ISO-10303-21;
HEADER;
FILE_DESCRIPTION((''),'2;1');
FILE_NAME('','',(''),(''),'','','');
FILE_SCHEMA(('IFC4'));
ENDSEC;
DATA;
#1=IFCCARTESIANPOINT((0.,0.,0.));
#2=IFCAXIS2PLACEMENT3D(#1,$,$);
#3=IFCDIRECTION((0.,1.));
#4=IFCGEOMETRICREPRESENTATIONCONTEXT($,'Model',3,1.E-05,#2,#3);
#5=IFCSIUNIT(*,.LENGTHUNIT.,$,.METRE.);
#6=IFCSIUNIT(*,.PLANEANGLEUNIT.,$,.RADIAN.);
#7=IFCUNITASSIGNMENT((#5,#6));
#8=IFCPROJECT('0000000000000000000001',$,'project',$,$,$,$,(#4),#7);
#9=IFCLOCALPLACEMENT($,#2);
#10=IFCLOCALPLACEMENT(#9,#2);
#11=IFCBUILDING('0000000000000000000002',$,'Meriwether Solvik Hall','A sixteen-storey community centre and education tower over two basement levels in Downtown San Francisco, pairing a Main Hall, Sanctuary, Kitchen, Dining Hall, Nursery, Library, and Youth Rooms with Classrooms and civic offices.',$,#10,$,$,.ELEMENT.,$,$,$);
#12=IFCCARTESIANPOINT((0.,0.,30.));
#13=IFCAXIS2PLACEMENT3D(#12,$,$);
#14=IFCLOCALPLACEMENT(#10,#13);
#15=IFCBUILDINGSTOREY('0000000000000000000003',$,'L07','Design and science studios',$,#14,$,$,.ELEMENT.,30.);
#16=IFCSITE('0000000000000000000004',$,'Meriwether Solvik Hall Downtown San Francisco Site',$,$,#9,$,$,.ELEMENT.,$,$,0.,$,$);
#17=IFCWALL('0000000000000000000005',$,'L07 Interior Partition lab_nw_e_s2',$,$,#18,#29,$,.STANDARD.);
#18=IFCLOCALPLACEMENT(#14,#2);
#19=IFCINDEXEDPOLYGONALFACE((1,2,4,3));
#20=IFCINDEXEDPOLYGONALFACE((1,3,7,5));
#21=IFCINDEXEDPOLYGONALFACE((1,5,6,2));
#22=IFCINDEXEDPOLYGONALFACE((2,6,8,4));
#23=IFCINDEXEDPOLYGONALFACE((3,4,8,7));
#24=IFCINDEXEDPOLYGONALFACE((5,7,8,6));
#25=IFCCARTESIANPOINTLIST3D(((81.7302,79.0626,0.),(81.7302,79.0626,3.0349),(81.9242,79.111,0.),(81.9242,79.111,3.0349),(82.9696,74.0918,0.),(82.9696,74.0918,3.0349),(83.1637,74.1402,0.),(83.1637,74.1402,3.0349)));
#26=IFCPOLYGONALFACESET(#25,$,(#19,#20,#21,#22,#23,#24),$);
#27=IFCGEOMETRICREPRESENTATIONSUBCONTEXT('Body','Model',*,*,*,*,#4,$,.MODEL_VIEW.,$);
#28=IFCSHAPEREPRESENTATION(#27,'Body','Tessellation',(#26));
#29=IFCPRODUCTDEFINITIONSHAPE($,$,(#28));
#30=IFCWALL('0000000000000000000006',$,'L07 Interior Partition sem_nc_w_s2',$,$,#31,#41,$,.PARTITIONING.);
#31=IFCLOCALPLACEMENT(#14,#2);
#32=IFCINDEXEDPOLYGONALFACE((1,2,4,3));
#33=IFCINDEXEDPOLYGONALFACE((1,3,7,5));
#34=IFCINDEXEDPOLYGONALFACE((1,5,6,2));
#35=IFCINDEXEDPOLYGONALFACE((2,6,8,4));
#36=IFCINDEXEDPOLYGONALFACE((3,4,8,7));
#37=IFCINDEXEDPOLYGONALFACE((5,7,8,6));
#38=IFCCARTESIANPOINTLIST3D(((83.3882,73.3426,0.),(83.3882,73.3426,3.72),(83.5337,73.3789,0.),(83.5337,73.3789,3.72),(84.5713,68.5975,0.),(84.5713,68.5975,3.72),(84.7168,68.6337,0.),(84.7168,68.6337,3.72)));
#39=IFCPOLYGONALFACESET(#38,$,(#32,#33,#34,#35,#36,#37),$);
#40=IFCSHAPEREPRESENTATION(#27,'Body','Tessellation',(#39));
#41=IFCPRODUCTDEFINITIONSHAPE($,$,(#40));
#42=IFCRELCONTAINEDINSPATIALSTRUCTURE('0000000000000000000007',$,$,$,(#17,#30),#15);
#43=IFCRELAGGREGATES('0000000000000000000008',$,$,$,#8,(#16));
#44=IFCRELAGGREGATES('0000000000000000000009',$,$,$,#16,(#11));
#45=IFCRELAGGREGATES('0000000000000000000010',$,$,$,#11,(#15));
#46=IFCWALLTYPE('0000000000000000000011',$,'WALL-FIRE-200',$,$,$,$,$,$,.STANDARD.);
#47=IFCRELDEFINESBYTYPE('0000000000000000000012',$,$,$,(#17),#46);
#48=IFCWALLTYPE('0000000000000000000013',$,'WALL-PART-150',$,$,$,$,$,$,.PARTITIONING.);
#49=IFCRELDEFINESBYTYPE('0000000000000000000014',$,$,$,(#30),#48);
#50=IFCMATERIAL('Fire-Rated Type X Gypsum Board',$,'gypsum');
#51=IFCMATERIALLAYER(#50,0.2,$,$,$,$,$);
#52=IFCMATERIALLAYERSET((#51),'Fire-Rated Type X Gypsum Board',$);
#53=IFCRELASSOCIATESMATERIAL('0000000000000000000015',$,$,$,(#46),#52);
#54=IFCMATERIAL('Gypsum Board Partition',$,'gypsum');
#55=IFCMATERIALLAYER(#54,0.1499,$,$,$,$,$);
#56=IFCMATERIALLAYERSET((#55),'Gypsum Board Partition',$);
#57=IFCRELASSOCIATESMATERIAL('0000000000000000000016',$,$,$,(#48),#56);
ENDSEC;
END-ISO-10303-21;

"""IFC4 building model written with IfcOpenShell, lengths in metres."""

from ifc_helpers import new_model, si_unit, direction, frame, frame_2d, origin, place, context, subcontext, project, spatial, rectangle, extrude, material, layer, layer_set, type_object, element, save


model = new_model("IFC4")

# Units and contexts
model_context = context("Model", 3, precision=1e-05, world=origin(), true_north=direction((0.0, 1.0)))
body_context = subcontext(model_context, "Body", "Model", "MODEL_VIEW")
ifc_project = project(units=[si_unit("LENGTHUNIT", "METRE"), si_unit("PLANEANGLEUNIT", "RADIAN")], contexts=[model_context])

# Site, building, storey
site_placement = place(None, origin())
site = spatial("IfcSite", under=ifc_project, at=site_placement, Name="Meriwether Solvik Hall Downtown San Francisco Site", CompositionType="ELEMENT", RefElevation=0.0)
building_placement = place(site_placement, origin())
building = spatial("IfcBuilding", under=site, at=building_placement, Name="Meriwether Solvik Hall", Description="A sixteen-storey community centre and education tower over two basement levels in Downtown San Francisco, pairing a Main Hall, Sanctuary, Kitchen, Dining Hall, Nursery, Library, and Youth Rooms with Classrooms and civic offices.", CompositionType="ELEMENT")
storey_placement = place(building_placement, frame((0.0, 0.0, 30.0)))
storey = spatial("IfcBuildingStorey", under=building, at=storey_placement, Name="L07", Description="Design and science studios", CompositionType="ELEMENT", Elevation=30.0)

# Walls
ifc_material_1 = material(Name="Fire-Rated Type X Gypsum Board", Category="gypsum")
ifc_layer_1 = layer(ifc_material_1, 0.2)
ifc_layer_set_1 = layer_set([ifc_layer_1], Name="Fire-Rated Type X Gypsum Board")
wall_type_1 = type_object("IfcWallType", Name="WALL-FIRE-200", PredefinedType="STANDARD", material=ifc_layer_set_1)
wall_1_placement = place(storey_placement, frame((83.0667, 74.116, 0.0), z_axis=(0.0, 0.0, 1.0), x_axis=(-0.241941, 0.970291, 0.0)))
element("IfcWall", 1, at=wall_1_placement, inside=storey, type_object=wall_type_1, Name="L07 Interior Partition lab_nw_e_s2", PredefinedType="STANDARD", context=body_context, shape_type="SweptSolid", body=[
    extrude(rectangle(XDim=5.123, YDim=0.2, at=frame_2d((2.5615, 0.0))), origin(), (0.0, 0.0, 1.0), 3.0349),
])
ifc_material_2 = material(Name="Gypsum Board Partition", Category="gypsum")
ifc_layer_2 = layer(ifc_material_2, 0.1499)
ifc_layer_set_2 = layer_set([ifc_layer_2], Name="Gypsum Board Partition")
wall_type_2 = type_object("IfcWallType", Name="WALL-PART-150", PredefinedType="PARTITIONING", material=ifc_layer_set_2)
wall_2_placement = place(storey_placement, frame((83.4609, 73.3608, 0.0), z_axis=(0.0, 0.0, 1.0), x_axis=(0.241925, -0.970295, 0.0)))
element("IfcWall", 2, at=wall_2_placement, inside=storey, type_object=wall_type_2, Name="L07 Interior Partition sem_nc_w_s2", PredefinedType="PARTITIONING", context=body_context, shape_type="SweptSolid", body=[
    extrude(rectangle(XDim=4.8904, YDim=0.1499, at=frame_2d((2.4453, 0.0))), origin(), (0.0, 0.0, 1.0), 3.72),
])

save(model, "model.ifc")
